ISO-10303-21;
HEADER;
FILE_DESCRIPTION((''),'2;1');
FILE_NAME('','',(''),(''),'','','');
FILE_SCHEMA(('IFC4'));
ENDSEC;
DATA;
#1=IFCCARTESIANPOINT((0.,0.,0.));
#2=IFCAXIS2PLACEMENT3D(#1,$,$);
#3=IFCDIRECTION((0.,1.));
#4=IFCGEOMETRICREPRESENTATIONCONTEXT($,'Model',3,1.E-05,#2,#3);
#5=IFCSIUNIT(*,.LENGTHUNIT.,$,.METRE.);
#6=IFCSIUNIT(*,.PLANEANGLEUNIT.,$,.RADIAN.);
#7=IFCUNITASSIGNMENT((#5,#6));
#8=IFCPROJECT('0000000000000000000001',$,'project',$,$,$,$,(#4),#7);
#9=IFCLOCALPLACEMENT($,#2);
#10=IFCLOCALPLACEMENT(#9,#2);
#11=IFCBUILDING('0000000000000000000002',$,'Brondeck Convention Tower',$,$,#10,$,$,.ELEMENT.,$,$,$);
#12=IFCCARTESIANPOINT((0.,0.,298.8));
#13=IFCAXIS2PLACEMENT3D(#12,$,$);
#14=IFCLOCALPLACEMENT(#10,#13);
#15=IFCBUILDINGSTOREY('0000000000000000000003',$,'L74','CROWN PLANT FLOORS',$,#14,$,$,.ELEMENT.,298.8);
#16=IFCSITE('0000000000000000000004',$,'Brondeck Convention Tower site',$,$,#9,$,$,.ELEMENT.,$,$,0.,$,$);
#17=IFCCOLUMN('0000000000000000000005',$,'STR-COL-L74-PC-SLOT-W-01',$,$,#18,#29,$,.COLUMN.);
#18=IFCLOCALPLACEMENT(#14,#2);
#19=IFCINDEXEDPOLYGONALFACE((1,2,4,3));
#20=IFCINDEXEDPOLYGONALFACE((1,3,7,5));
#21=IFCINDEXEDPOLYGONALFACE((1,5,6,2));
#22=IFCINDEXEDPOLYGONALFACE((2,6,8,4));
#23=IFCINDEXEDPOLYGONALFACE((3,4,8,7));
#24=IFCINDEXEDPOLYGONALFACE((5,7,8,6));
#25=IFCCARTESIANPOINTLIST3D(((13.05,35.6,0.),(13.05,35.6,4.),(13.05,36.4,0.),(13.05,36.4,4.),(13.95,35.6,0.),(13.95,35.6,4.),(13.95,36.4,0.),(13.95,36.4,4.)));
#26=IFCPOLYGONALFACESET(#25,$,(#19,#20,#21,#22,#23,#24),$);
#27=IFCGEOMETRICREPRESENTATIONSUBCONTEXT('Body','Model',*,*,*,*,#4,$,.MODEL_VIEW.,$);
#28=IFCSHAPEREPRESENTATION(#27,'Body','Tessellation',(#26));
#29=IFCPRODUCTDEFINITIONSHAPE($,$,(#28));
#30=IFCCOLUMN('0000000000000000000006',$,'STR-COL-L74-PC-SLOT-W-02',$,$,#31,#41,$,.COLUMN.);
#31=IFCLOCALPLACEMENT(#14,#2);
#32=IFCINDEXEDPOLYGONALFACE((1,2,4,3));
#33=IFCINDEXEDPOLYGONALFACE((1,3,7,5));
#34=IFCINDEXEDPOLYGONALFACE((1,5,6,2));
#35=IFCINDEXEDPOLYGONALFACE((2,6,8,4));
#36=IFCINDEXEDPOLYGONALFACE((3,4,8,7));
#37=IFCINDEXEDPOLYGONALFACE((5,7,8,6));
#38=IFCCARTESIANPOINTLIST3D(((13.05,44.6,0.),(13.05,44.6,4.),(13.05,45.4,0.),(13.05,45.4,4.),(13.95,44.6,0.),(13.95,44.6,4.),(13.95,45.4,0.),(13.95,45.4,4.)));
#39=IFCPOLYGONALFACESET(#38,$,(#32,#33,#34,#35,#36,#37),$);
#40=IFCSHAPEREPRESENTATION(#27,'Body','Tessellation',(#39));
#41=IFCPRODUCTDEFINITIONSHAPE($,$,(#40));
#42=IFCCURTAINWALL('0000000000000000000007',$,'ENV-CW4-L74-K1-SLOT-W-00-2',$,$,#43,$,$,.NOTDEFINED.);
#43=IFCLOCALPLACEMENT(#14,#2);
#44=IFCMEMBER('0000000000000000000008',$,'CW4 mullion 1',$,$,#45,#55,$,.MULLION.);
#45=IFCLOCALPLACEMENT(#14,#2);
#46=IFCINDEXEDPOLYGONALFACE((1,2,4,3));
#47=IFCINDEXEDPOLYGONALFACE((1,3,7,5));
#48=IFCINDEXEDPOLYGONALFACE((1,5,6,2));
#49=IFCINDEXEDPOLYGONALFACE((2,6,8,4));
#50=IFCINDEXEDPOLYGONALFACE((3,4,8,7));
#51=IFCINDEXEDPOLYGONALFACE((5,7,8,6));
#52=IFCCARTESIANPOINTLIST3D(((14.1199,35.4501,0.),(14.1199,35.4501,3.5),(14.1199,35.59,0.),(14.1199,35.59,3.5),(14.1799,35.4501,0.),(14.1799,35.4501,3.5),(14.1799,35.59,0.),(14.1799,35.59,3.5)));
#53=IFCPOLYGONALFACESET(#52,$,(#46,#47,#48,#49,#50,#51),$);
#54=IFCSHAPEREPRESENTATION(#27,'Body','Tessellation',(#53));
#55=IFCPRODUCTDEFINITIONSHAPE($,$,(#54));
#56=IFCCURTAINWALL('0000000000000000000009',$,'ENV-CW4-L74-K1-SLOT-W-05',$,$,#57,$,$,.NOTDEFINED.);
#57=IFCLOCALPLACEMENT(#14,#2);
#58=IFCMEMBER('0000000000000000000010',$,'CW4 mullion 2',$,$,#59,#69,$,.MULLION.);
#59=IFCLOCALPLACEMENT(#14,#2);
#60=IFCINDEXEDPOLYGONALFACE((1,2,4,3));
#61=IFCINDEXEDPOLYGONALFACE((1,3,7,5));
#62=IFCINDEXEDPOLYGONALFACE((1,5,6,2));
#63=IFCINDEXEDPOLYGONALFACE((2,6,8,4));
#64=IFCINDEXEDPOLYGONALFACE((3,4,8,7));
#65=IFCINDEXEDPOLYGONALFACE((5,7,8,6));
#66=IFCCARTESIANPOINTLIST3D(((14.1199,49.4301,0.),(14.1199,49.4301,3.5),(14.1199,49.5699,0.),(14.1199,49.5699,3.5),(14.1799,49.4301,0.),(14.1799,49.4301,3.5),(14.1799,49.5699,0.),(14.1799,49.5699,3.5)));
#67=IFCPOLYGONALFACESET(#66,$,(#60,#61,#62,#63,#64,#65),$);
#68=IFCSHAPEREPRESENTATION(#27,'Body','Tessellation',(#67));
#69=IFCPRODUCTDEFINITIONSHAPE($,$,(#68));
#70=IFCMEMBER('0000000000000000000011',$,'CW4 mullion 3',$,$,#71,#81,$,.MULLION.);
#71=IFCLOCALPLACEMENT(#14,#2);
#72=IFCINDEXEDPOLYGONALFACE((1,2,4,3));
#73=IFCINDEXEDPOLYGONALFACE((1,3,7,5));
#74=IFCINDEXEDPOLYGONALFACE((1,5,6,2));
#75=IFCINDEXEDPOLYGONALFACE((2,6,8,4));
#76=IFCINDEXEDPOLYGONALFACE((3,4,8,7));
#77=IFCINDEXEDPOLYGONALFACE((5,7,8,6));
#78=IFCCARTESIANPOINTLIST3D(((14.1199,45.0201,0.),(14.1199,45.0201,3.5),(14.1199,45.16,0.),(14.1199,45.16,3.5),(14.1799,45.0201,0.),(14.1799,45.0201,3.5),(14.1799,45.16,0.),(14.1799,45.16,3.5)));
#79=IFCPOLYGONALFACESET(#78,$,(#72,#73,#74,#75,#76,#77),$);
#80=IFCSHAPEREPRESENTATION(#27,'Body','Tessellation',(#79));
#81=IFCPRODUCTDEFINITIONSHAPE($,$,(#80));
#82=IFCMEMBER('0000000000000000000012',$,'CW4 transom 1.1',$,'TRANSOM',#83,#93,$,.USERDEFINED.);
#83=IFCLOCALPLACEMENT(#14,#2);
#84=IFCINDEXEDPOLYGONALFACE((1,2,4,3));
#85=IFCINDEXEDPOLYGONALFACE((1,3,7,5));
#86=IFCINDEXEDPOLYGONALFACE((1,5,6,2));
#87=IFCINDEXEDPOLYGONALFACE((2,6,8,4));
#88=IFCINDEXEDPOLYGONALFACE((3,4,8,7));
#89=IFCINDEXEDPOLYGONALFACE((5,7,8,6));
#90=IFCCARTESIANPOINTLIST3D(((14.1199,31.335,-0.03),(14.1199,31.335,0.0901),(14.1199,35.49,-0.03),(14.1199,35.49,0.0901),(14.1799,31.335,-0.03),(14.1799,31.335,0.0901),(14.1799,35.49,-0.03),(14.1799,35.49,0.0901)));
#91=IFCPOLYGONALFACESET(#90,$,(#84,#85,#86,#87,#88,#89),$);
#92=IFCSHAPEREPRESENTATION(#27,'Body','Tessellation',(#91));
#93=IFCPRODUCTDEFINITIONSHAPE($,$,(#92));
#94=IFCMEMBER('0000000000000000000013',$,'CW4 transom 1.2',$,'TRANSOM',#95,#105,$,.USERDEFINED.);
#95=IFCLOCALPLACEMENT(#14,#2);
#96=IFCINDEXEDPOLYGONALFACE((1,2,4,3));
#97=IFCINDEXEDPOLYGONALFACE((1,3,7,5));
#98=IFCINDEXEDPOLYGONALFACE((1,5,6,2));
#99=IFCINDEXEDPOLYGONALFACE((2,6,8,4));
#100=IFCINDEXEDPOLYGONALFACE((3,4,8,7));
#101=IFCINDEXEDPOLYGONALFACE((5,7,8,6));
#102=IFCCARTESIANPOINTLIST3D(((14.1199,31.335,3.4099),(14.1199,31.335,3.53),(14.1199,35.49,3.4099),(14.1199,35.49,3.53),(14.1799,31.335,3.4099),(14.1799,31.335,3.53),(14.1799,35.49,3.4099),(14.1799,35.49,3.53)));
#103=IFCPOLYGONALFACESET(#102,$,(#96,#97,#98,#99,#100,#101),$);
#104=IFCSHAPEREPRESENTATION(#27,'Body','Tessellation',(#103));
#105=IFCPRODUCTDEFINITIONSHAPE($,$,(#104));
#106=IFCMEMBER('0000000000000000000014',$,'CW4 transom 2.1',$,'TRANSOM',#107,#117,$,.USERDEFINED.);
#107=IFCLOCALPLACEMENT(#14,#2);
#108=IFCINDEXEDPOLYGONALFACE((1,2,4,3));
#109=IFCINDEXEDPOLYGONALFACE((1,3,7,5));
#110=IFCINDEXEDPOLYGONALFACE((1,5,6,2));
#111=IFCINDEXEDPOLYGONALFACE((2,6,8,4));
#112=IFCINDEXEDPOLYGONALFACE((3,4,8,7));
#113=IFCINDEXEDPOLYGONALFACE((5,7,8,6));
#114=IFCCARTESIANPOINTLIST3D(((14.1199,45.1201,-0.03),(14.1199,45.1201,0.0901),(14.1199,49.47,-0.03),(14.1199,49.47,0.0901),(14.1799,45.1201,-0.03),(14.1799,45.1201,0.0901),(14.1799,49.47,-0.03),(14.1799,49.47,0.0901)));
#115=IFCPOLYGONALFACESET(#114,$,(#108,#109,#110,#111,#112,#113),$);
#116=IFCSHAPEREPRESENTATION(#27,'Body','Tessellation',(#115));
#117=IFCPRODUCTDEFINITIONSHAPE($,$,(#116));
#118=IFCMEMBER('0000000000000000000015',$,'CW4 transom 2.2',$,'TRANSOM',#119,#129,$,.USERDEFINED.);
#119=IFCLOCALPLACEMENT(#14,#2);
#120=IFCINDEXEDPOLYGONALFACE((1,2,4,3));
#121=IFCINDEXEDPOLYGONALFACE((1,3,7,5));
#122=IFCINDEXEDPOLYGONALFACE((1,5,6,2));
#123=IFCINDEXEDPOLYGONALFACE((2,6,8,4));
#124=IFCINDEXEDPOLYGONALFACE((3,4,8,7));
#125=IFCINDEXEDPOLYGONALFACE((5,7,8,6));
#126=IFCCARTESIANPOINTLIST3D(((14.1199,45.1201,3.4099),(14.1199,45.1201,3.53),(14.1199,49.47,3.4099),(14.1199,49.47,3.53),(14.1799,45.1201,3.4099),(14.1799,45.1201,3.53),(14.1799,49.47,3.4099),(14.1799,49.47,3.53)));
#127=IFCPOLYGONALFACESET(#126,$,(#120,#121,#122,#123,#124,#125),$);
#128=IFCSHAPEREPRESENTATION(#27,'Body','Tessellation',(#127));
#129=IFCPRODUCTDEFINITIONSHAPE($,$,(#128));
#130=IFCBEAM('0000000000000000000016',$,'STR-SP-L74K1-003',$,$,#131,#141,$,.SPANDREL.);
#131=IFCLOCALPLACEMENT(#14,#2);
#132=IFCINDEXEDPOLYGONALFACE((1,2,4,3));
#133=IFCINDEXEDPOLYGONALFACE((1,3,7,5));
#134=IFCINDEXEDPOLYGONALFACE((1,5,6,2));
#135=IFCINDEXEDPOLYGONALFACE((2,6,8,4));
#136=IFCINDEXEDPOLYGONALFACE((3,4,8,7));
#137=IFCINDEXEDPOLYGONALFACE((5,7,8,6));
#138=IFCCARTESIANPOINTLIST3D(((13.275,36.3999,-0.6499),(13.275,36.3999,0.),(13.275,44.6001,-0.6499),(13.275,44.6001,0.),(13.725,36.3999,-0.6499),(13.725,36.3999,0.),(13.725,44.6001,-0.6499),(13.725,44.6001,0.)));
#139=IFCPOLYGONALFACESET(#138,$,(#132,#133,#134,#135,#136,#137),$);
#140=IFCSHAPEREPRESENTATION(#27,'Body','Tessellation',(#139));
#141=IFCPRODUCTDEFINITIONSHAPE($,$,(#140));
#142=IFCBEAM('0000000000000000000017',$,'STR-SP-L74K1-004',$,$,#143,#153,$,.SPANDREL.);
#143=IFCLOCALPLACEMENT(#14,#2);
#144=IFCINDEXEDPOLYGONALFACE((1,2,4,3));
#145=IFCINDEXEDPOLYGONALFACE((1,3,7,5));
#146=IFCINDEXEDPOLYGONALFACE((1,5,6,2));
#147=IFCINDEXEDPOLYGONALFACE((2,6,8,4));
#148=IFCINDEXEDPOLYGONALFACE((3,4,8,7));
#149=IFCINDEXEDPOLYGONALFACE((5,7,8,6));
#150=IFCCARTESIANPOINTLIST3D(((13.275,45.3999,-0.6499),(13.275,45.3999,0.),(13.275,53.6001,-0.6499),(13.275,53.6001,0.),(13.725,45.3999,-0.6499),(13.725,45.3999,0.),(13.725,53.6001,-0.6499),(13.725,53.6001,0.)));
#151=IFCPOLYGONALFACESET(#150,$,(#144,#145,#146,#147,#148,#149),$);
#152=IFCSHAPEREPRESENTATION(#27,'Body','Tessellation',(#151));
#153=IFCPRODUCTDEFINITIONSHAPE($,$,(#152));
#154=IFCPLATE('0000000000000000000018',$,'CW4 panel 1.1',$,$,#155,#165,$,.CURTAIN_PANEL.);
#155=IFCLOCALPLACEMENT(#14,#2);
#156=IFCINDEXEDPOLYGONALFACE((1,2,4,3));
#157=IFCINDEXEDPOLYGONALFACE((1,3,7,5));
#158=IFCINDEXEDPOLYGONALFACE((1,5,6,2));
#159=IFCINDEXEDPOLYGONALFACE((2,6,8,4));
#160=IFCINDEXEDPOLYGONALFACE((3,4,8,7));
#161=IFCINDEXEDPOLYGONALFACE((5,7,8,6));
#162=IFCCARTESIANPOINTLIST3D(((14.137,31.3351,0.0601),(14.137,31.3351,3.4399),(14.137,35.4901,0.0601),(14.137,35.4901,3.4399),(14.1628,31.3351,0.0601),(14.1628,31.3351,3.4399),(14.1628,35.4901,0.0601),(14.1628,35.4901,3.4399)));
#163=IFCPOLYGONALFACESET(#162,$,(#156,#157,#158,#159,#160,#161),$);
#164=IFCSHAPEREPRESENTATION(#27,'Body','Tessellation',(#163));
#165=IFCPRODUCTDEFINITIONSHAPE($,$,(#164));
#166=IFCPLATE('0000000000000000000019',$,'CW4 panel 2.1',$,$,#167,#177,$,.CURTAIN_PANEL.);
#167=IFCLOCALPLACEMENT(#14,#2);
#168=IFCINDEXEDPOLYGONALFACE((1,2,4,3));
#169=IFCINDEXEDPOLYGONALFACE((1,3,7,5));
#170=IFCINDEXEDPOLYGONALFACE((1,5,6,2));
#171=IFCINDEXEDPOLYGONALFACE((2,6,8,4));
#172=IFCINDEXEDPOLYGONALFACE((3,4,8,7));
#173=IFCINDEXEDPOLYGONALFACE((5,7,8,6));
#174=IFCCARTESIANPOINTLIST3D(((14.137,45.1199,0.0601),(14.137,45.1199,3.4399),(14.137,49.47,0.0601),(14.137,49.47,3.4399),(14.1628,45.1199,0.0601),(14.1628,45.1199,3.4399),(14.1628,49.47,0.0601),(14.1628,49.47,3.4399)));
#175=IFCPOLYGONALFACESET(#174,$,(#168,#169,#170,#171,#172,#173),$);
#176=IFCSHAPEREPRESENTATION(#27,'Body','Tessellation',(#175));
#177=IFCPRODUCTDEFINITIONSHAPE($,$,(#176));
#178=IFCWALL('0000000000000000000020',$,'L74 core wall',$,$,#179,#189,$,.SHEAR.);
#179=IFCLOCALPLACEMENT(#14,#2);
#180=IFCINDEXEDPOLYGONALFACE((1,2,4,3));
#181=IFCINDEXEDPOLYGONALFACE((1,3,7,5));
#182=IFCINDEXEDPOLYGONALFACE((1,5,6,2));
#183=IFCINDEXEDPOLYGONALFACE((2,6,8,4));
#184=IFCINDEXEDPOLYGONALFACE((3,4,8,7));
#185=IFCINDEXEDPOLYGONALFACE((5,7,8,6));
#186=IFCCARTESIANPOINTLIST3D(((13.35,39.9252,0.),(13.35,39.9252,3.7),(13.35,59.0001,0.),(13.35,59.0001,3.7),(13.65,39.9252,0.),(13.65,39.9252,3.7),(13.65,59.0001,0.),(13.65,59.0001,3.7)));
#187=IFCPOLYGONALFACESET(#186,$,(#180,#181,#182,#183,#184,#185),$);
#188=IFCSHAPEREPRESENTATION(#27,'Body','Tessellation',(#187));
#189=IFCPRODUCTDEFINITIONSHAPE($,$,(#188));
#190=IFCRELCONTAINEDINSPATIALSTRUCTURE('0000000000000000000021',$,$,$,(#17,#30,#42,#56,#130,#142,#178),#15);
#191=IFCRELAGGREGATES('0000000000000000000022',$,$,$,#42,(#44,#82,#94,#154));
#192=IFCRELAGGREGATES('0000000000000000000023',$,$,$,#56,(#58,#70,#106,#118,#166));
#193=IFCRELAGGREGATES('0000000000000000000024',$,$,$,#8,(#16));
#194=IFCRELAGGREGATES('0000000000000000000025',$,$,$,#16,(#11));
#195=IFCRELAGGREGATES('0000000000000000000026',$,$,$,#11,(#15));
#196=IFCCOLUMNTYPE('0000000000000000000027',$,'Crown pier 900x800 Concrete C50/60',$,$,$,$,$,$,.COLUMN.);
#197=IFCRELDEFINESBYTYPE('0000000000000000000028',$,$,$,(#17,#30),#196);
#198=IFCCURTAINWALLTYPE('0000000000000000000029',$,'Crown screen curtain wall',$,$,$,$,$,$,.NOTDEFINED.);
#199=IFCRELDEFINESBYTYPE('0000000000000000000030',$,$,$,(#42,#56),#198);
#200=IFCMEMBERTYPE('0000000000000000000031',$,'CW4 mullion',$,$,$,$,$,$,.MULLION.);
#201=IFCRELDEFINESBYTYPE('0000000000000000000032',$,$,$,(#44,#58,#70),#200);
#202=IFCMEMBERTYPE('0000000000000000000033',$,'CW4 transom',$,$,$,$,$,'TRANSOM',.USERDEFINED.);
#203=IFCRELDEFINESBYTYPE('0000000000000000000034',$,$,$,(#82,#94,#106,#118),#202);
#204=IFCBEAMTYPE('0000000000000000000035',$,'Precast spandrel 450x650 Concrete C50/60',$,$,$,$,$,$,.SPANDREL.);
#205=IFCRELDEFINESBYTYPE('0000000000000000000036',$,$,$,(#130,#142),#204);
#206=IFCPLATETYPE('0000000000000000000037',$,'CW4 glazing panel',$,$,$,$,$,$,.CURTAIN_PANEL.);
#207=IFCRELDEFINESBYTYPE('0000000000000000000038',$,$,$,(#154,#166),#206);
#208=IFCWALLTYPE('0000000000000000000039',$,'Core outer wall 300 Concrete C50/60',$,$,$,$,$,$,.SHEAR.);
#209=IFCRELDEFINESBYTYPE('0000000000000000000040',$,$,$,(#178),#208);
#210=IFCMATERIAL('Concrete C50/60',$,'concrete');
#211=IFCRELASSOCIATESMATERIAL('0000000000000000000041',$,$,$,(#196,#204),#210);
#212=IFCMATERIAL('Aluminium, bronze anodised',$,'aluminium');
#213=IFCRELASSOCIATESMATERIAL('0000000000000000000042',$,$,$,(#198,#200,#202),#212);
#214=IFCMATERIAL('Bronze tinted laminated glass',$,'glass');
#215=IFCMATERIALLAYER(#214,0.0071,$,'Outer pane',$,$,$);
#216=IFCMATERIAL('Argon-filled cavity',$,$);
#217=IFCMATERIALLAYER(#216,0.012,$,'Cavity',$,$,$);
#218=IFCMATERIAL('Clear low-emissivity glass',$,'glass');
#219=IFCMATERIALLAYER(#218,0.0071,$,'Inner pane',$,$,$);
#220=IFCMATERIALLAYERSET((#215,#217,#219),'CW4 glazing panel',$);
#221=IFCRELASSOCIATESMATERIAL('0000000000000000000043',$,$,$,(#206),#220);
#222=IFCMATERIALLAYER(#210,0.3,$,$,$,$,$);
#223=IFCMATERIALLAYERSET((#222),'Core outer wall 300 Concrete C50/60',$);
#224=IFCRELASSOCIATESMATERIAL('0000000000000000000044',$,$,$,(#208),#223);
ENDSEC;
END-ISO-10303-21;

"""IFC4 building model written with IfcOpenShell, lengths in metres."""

from ifc_helpers import new_model, si_unit, direction, frame, frame_2d, origin, origin_2d, place, context, subcontext, project, spatial, rectangle, extrude, material, layer, layer_set, material_profile, profile_set, type_object, element, aggregate, save


model = new_model("IFC4")

# Units and contexts
model_context = context("Model", 3, precision=1e-05, world=origin(), true_north=direction((0.0, 1.0)))
body_context = subcontext(model_context, "Body", "Model", "MODEL_VIEW")
ifc_project = project(units=[si_unit("LENGTHUNIT", "METRE"), si_unit("PLANEANGLEUNIT", "RADIAN")], contexts=[model_context])

# Site, building, storey
site_placement = place(None, origin())
site = spatial("IfcSite", under=ifc_project, at=site_placement, Name="Brondeck Convention Tower site", CompositionType="ELEMENT", RefElevation=0.0)
building_placement = place(site_placement, origin())
building = spatial("IfcBuilding", under=site, at=building_placement, Name="Brondeck Convention Tower", CompositionType="ELEMENT")
storey_placement = place(building_placement, frame((0.0, 0.0, 298.8)))
storey = spatial("IfcBuildingStorey", under=building, at=storey_placement, Name="L74", Description="CROWN PLANT FLOORS", CompositionType="ELEMENT", Elevation=298.8)

# Columns
ifc_material_1 = material(Name="Concrete C50/60", Category="concrete")
ifc_material_profile_1 = material_profile(ifc_material_1, rectangle(XDim=0.8999, YDim=0.8, at=origin_2d()), Name="Crown pier 900x800 Concrete C50/60")
ifc_profile_set_1 = profile_set([ifc_material_profile_1], Name="Concrete C50/60")
column_type = type_object("IfcColumnType", Name="Crown pier 900x800 Concrete C50/60", PredefinedType="COLUMN", material=ifc_profile_set_1)
for number, where, z_axis, x_axis, name in (
    (1, (13.5, 36.0, 0.0), (0.0, 0.0, 1.0), (1.0, 0.0, 0.0), "STR-COL-L74-PC-SLOT-W-01"),
    (2, (13.5, 45.0, 0.0), (0.0, 0.0, 1.0), (1.0, 0.0, 0.0), "STR-COL-L74-PC-SLOT-W-02"),
):
    element("IfcColumn", number, at=place(storey_placement, frame(where, z_axis=z_axis, x_axis=x_axis)), inside=storey, type_object=column_type, Name=name, PredefinedType="COLUMN", context=body_context, shape_type="SweptSolid", body=[
        extrude(rectangle(XDim=0.8999, YDim=0.8, at=origin_2d()), origin(), (0.0, 0.0, 1.0), 4.0),
    ])

# Curtain wall, member
ifc_material_2 = material(Name="Aluminium, bronze anodised", Category="aluminium")
curtain_wall_type = type_object("IfcCurtainWallType", Name="Crown screen curtain wall", PredefinedType="NOTDEFINED", material=ifc_material_2)
curtain_wall_1_placement = place(storey_placement, origin())
curtain_wall_1 = element("IfcCurtainWall", 3, at=curtain_wall_1_placement, inside=storey, type_object=curtain_wall_type, Name="ENV-CW4-L74-K1-SLOT-W-00-2", PredefinedType="NOTDEFINED")
ifc_material_profile_2 = material_profile(ifc_material_2, rectangle(XDim=0.0601, YDim=0.1399, at=origin_2d()), Name="CW4 mullion")
ifc_profile_set_2 = profile_set([ifc_material_profile_2], Name="Aluminium, bronze anodised")
member_type_1 = type_object("IfcMemberType", Name="CW4 mullion", PredefinedType="MULLION", material=ifc_profile_set_2)
member_1_placement = place(storey_placement, frame((14.1499, 35.52, 0.0), z_axis=(0.0, 0.0, 1.0), x_axis=(1.0, 0.0, 0.0)))
member_1 = element("IfcMember", 4, at=member_1_placement, type_object=member_type_1, Name="CW4 mullion 1", PredefinedType="MULLION", context=body_context, shape_type="SweptSolid", body=[
    extrude(rectangle(XDim=0.0601, YDim=0.1399, at=origin_2d()), origin(), (0.0, 0.0, 1.0), 3.5),
])

# Curtain wall, members
curtain_wall_2_placement = place(storey_placement, origin())
curtain_wall_2 = element("IfcCurtainWall", 5, at=curtain_wall_2_placement, inside=storey, type_object=curtain_wall_type, Name="ENV-CW4-L74-K1-SLOT-W-05", PredefinedType="NOTDEFINED")
member_2_placement = place(storey_placement, frame((14.1499, 49.5, 0.0), z_axis=(0.0, 0.0, 1.0), x_axis=(1.0, 0.0, 0.0)))
member_2 = element("IfcMember", 6, at=member_2_placement, type_object=member_type_1, Name="CW4 mullion 2", PredefinedType="MULLION", context=body_context, shape_type="SweptSolid", body=[
    extrude(rectangle(XDim=0.0601, YDim=0.1399, at=origin_2d()), origin(), (0.0, 0.0, 1.0), 3.5),
])
member_3_placement = place(storey_placement, frame((14.1499, 45.0901, 0.0), z_axis=(0.0, 0.0, 1.0), x_axis=(1.0, 0.0, 0.0)))
member_3 = element("IfcMember", 7, at=member_3_placement, type_object=member_type_1, Name="CW4 mullion 3", PredefinedType="MULLION", context=body_context, shape_type="SweptSolid", body=[
    extrude(rectangle(XDim=0.0601, YDim=0.1399, at=origin_2d()), origin(), (0.0, 0.0, 1.0), 3.5),
])

# Members
ifc_material_profile_3 = material_profile(ifc_material_2, rectangle(XDim=0.0601, YDim=0.1201, at=origin_2d()), Name="CW4 transom")
ifc_profile_set_3 = profile_set([ifc_material_profile_3], Name="Aluminium, bronze anodised")
member_type_2 = type_object("IfcMemberType", Name="CW4 transom", ElementType="TRANSOM", PredefinedType="USERDEFINED", material=ifc_profile_set_3)
member_4_placement = place(storey_placement, frame((14.1499, 35.49, 0.03), z_axis=(0.0, -1.0, 0.0), x_axis=(1.0, 0.0, 0.0)))
member_4 = element("IfcMember", 8, at=member_4_placement, type_object=member_type_2, Name="CW4 transom 1.1", ObjectType="TRANSOM", PredefinedType="USERDEFINED", context=body_context, shape_type="SweptSolid", body=[
    extrude(rectangle(XDim=0.0601, YDim=0.1201, at=origin_2d()), origin(), (0.0, 0.0, 1.0), 4.155),
])
member_5_placement = place(storey_placement, frame((14.1499, 35.49, 3.47), z_axis=(0.0, -1.0, 0.0), x_axis=(1.0, 0.0, 0.0)))
member_5 = element("IfcMember", 9, at=member_5_placement, type_object=member_type_2, Name="CW4 transom 1.2", ObjectType="TRANSOM", PredefinedType="USERDEFINED", context=body_context, shape_type="SweptSolid", body=[
    extrude(rectangle(XDim=0.0601, YDim=0.1201, at=origin_2d()), origin(), (0.0, 0.0, 1.0), 4.155),
])
member_6_placement = place(storey_placement, frame((14.1499, 49.47, 0.03), z_axis=(0.0, -1.0, 0.0), x_axis=(1.0, 0.0, 0.0)))
member_6 = element("IfcMember", 10, at=member_6_placement, type_object=member_type_2, Name="CW4 transom 2.1", ObjectType="TRANSOM", PredefinedType="USERDEFINED", context=body_context, shape_type="SweptSolid", body=[
    extrude(rectangle(XDim=0.0601, YDim=0.1201, at=origin_2d()), origin(), (0.0, 0.0, 1.0), 4.3499),
])
member_7_placement = place(storey_placement, frame((14.1499, 49.47, 3.47), z_axis=(0.0, -1.0, 0.0), x_axis=(1.0, 0.0, 0.0)))
member_7 = element("IfcMember", 11, at=member_7_placement, type_object=member_type_2, Name="CW4 transom 2.2", ObjectType="TRANSOM", PredefinedType="USERDEFINED", context=body_context, shape_type="SweptSolid", body=[
    extrude(rectangle(XDim=0.0601, YDim=0.1201, at=origin_2d()), origin(), (0.0, 0.0, 1.0), 4.3499),
])

# Beams
ifc_material_profile_4 = material_profile(ifc_material_1, rectangle(XDim=0.45, YDim=0.6499, at=origin_2d()), Name="Precast spandrel 450x650 Concrete C50/60")
ifc_profile_set_4 = profile_set([ifc_material_profile_4], Name="Concrete C50/60")
beam_type = type_object("IfcBeamType", Name="Precast spandrel 450x650 Concrete C50/60", PredefinedType="SPANDREL", material=ifc_profile_set_4)
for number, where, z_axis, x_axis, name in (
    (12, (13.5, 36.3999, -0.325), (0.0, 1.0, 0.0), (-1.0, 0.0, 0.0), "STR-SP-L74K1-003"),
    (13, (13.5, 45.3999, -0.325), (0.0, 1.0, 0.0), (-1.0, 0.0, 0.0), "STR-SP-L74K1-004"),
):
    element("IfcBeam", number, at=place(storey_placement, frame(where, z_axis=z_axis, x_axis=x_axis)), inside=storey, type_object=beam_type, Name=name, PredefinedType="SPANDREL", context=body_context, shape_type="SweptSolid", body=[
        extrude(rectangle(XDim=0.45, YDim=0.6499, at=origin_2d()), origin(), (0.0, 0.0, 1.0), 8.2002),
    ])

# Plates
ifc_material_3 = material(Name="Bronze tinted laminated glass", Category="glass")
ifc_layer_1 = layer(ifc_material_3, 0.0071, Name="Outer pane")
ifc_material_4 = material(Name="Argon-filled cavity")
ifc_layer_2 = layer(ifc_material_4, 0.012, Name="Cavity")
ifc_material_5 = material(Name="Clear low-emissivity glass", Category="glass")
ifc_layer_3 = layer(ifc_material_5, 0.0071, Name="Inner pane")
ifc_layer_set_1 = layer_set([ifc_layer_1, ifc_layer_2, ifc_layer_3], Name="CW4 glazing panel")
plate_type = type_object("IfcPlateType", Name="CW4 glazing panel", PredefinedType="CURTAIN_PANEL", material=ifc_layer_set_1)
plate_1_placement = place(storey_placement, frame((14.1499, 33.4126, 0.0601), z_axis=(0.0, 0.0, 1.0), x_axis=(0.0, -1.0, 0.0)))
plate_1 = element("IfcPlate", 14, at=plate_1_placement, type_object=plate_type, Name="CW4 panel 1.1", PredefinedType="CURTAIN_PANEL", context=body_context, shape_type="SweptSolid", body=[
    extrude(rectangle(XDim=4.155, YDim=0.0259, at=origin_2d()), origin(), (0.0, 0.0, 1.0), 3.3799),
])
aggregate(curtain_wall_1, [member_1, member_4, member_5, plate_1])
plate_2_placement = place(storey_placement, frame((14.1499, 47.2949, 0.0601), z_axis=(0.0, 0.0, 1.0), x_axis=(0.0, -1.0, 0.0)))
plate_2 = element("IfcPlate", 15, at=plate_2_placement, type_object=plate_type, Name="CW4 panel 2.1", PredefinedType="CURTAIN_PANEL", context=body_context, shape_type="SweptSolid", body=[
    extrude(rectangle(XDim=4.3501, YDim=0.0259, at=origin_2d()), origin(), (0.0, 0.0, 1.0), 3.3799),
])
aggregate(curtain_wall_2, [member_2, member_3, member_6, member_7, plate_2])

# Wall
ifc_layer_4 = layer(ifc_material_1, 0.3)
ifc_layer_set_2 = layer_set([ifc_layer_4], Name="Core outer wall 300 Concrete C50/60")
wall_type_1 = type_object("IfcWallType", Name="Core outer wall 300 Concrete C50/60", PredefinedType="SHEAR", material=ifc_layer_set_2)
wall_1_placement = place(storey_placement, frame((13.5, 39.925, 0.0), z_axis=(0.0, 0.0, 1.0), x_axis=(0.0, 1.0, 0.0)))
element("IfcWall", 16, at=wall_1_placement, inside=storey, type_object=wall_type_1, Name="L74 core wall", PredefinedType="SHEAR", context=body_context, shape_type="SweptSolid", body=[
    extrude(rectangle(XDim=19.075, YDim=0.3, at=frame_2d((9.5376, 0.0))), origin(), (0.0, 0.0, 1.0), 3.7),
])

save(model, "model.ifc")
